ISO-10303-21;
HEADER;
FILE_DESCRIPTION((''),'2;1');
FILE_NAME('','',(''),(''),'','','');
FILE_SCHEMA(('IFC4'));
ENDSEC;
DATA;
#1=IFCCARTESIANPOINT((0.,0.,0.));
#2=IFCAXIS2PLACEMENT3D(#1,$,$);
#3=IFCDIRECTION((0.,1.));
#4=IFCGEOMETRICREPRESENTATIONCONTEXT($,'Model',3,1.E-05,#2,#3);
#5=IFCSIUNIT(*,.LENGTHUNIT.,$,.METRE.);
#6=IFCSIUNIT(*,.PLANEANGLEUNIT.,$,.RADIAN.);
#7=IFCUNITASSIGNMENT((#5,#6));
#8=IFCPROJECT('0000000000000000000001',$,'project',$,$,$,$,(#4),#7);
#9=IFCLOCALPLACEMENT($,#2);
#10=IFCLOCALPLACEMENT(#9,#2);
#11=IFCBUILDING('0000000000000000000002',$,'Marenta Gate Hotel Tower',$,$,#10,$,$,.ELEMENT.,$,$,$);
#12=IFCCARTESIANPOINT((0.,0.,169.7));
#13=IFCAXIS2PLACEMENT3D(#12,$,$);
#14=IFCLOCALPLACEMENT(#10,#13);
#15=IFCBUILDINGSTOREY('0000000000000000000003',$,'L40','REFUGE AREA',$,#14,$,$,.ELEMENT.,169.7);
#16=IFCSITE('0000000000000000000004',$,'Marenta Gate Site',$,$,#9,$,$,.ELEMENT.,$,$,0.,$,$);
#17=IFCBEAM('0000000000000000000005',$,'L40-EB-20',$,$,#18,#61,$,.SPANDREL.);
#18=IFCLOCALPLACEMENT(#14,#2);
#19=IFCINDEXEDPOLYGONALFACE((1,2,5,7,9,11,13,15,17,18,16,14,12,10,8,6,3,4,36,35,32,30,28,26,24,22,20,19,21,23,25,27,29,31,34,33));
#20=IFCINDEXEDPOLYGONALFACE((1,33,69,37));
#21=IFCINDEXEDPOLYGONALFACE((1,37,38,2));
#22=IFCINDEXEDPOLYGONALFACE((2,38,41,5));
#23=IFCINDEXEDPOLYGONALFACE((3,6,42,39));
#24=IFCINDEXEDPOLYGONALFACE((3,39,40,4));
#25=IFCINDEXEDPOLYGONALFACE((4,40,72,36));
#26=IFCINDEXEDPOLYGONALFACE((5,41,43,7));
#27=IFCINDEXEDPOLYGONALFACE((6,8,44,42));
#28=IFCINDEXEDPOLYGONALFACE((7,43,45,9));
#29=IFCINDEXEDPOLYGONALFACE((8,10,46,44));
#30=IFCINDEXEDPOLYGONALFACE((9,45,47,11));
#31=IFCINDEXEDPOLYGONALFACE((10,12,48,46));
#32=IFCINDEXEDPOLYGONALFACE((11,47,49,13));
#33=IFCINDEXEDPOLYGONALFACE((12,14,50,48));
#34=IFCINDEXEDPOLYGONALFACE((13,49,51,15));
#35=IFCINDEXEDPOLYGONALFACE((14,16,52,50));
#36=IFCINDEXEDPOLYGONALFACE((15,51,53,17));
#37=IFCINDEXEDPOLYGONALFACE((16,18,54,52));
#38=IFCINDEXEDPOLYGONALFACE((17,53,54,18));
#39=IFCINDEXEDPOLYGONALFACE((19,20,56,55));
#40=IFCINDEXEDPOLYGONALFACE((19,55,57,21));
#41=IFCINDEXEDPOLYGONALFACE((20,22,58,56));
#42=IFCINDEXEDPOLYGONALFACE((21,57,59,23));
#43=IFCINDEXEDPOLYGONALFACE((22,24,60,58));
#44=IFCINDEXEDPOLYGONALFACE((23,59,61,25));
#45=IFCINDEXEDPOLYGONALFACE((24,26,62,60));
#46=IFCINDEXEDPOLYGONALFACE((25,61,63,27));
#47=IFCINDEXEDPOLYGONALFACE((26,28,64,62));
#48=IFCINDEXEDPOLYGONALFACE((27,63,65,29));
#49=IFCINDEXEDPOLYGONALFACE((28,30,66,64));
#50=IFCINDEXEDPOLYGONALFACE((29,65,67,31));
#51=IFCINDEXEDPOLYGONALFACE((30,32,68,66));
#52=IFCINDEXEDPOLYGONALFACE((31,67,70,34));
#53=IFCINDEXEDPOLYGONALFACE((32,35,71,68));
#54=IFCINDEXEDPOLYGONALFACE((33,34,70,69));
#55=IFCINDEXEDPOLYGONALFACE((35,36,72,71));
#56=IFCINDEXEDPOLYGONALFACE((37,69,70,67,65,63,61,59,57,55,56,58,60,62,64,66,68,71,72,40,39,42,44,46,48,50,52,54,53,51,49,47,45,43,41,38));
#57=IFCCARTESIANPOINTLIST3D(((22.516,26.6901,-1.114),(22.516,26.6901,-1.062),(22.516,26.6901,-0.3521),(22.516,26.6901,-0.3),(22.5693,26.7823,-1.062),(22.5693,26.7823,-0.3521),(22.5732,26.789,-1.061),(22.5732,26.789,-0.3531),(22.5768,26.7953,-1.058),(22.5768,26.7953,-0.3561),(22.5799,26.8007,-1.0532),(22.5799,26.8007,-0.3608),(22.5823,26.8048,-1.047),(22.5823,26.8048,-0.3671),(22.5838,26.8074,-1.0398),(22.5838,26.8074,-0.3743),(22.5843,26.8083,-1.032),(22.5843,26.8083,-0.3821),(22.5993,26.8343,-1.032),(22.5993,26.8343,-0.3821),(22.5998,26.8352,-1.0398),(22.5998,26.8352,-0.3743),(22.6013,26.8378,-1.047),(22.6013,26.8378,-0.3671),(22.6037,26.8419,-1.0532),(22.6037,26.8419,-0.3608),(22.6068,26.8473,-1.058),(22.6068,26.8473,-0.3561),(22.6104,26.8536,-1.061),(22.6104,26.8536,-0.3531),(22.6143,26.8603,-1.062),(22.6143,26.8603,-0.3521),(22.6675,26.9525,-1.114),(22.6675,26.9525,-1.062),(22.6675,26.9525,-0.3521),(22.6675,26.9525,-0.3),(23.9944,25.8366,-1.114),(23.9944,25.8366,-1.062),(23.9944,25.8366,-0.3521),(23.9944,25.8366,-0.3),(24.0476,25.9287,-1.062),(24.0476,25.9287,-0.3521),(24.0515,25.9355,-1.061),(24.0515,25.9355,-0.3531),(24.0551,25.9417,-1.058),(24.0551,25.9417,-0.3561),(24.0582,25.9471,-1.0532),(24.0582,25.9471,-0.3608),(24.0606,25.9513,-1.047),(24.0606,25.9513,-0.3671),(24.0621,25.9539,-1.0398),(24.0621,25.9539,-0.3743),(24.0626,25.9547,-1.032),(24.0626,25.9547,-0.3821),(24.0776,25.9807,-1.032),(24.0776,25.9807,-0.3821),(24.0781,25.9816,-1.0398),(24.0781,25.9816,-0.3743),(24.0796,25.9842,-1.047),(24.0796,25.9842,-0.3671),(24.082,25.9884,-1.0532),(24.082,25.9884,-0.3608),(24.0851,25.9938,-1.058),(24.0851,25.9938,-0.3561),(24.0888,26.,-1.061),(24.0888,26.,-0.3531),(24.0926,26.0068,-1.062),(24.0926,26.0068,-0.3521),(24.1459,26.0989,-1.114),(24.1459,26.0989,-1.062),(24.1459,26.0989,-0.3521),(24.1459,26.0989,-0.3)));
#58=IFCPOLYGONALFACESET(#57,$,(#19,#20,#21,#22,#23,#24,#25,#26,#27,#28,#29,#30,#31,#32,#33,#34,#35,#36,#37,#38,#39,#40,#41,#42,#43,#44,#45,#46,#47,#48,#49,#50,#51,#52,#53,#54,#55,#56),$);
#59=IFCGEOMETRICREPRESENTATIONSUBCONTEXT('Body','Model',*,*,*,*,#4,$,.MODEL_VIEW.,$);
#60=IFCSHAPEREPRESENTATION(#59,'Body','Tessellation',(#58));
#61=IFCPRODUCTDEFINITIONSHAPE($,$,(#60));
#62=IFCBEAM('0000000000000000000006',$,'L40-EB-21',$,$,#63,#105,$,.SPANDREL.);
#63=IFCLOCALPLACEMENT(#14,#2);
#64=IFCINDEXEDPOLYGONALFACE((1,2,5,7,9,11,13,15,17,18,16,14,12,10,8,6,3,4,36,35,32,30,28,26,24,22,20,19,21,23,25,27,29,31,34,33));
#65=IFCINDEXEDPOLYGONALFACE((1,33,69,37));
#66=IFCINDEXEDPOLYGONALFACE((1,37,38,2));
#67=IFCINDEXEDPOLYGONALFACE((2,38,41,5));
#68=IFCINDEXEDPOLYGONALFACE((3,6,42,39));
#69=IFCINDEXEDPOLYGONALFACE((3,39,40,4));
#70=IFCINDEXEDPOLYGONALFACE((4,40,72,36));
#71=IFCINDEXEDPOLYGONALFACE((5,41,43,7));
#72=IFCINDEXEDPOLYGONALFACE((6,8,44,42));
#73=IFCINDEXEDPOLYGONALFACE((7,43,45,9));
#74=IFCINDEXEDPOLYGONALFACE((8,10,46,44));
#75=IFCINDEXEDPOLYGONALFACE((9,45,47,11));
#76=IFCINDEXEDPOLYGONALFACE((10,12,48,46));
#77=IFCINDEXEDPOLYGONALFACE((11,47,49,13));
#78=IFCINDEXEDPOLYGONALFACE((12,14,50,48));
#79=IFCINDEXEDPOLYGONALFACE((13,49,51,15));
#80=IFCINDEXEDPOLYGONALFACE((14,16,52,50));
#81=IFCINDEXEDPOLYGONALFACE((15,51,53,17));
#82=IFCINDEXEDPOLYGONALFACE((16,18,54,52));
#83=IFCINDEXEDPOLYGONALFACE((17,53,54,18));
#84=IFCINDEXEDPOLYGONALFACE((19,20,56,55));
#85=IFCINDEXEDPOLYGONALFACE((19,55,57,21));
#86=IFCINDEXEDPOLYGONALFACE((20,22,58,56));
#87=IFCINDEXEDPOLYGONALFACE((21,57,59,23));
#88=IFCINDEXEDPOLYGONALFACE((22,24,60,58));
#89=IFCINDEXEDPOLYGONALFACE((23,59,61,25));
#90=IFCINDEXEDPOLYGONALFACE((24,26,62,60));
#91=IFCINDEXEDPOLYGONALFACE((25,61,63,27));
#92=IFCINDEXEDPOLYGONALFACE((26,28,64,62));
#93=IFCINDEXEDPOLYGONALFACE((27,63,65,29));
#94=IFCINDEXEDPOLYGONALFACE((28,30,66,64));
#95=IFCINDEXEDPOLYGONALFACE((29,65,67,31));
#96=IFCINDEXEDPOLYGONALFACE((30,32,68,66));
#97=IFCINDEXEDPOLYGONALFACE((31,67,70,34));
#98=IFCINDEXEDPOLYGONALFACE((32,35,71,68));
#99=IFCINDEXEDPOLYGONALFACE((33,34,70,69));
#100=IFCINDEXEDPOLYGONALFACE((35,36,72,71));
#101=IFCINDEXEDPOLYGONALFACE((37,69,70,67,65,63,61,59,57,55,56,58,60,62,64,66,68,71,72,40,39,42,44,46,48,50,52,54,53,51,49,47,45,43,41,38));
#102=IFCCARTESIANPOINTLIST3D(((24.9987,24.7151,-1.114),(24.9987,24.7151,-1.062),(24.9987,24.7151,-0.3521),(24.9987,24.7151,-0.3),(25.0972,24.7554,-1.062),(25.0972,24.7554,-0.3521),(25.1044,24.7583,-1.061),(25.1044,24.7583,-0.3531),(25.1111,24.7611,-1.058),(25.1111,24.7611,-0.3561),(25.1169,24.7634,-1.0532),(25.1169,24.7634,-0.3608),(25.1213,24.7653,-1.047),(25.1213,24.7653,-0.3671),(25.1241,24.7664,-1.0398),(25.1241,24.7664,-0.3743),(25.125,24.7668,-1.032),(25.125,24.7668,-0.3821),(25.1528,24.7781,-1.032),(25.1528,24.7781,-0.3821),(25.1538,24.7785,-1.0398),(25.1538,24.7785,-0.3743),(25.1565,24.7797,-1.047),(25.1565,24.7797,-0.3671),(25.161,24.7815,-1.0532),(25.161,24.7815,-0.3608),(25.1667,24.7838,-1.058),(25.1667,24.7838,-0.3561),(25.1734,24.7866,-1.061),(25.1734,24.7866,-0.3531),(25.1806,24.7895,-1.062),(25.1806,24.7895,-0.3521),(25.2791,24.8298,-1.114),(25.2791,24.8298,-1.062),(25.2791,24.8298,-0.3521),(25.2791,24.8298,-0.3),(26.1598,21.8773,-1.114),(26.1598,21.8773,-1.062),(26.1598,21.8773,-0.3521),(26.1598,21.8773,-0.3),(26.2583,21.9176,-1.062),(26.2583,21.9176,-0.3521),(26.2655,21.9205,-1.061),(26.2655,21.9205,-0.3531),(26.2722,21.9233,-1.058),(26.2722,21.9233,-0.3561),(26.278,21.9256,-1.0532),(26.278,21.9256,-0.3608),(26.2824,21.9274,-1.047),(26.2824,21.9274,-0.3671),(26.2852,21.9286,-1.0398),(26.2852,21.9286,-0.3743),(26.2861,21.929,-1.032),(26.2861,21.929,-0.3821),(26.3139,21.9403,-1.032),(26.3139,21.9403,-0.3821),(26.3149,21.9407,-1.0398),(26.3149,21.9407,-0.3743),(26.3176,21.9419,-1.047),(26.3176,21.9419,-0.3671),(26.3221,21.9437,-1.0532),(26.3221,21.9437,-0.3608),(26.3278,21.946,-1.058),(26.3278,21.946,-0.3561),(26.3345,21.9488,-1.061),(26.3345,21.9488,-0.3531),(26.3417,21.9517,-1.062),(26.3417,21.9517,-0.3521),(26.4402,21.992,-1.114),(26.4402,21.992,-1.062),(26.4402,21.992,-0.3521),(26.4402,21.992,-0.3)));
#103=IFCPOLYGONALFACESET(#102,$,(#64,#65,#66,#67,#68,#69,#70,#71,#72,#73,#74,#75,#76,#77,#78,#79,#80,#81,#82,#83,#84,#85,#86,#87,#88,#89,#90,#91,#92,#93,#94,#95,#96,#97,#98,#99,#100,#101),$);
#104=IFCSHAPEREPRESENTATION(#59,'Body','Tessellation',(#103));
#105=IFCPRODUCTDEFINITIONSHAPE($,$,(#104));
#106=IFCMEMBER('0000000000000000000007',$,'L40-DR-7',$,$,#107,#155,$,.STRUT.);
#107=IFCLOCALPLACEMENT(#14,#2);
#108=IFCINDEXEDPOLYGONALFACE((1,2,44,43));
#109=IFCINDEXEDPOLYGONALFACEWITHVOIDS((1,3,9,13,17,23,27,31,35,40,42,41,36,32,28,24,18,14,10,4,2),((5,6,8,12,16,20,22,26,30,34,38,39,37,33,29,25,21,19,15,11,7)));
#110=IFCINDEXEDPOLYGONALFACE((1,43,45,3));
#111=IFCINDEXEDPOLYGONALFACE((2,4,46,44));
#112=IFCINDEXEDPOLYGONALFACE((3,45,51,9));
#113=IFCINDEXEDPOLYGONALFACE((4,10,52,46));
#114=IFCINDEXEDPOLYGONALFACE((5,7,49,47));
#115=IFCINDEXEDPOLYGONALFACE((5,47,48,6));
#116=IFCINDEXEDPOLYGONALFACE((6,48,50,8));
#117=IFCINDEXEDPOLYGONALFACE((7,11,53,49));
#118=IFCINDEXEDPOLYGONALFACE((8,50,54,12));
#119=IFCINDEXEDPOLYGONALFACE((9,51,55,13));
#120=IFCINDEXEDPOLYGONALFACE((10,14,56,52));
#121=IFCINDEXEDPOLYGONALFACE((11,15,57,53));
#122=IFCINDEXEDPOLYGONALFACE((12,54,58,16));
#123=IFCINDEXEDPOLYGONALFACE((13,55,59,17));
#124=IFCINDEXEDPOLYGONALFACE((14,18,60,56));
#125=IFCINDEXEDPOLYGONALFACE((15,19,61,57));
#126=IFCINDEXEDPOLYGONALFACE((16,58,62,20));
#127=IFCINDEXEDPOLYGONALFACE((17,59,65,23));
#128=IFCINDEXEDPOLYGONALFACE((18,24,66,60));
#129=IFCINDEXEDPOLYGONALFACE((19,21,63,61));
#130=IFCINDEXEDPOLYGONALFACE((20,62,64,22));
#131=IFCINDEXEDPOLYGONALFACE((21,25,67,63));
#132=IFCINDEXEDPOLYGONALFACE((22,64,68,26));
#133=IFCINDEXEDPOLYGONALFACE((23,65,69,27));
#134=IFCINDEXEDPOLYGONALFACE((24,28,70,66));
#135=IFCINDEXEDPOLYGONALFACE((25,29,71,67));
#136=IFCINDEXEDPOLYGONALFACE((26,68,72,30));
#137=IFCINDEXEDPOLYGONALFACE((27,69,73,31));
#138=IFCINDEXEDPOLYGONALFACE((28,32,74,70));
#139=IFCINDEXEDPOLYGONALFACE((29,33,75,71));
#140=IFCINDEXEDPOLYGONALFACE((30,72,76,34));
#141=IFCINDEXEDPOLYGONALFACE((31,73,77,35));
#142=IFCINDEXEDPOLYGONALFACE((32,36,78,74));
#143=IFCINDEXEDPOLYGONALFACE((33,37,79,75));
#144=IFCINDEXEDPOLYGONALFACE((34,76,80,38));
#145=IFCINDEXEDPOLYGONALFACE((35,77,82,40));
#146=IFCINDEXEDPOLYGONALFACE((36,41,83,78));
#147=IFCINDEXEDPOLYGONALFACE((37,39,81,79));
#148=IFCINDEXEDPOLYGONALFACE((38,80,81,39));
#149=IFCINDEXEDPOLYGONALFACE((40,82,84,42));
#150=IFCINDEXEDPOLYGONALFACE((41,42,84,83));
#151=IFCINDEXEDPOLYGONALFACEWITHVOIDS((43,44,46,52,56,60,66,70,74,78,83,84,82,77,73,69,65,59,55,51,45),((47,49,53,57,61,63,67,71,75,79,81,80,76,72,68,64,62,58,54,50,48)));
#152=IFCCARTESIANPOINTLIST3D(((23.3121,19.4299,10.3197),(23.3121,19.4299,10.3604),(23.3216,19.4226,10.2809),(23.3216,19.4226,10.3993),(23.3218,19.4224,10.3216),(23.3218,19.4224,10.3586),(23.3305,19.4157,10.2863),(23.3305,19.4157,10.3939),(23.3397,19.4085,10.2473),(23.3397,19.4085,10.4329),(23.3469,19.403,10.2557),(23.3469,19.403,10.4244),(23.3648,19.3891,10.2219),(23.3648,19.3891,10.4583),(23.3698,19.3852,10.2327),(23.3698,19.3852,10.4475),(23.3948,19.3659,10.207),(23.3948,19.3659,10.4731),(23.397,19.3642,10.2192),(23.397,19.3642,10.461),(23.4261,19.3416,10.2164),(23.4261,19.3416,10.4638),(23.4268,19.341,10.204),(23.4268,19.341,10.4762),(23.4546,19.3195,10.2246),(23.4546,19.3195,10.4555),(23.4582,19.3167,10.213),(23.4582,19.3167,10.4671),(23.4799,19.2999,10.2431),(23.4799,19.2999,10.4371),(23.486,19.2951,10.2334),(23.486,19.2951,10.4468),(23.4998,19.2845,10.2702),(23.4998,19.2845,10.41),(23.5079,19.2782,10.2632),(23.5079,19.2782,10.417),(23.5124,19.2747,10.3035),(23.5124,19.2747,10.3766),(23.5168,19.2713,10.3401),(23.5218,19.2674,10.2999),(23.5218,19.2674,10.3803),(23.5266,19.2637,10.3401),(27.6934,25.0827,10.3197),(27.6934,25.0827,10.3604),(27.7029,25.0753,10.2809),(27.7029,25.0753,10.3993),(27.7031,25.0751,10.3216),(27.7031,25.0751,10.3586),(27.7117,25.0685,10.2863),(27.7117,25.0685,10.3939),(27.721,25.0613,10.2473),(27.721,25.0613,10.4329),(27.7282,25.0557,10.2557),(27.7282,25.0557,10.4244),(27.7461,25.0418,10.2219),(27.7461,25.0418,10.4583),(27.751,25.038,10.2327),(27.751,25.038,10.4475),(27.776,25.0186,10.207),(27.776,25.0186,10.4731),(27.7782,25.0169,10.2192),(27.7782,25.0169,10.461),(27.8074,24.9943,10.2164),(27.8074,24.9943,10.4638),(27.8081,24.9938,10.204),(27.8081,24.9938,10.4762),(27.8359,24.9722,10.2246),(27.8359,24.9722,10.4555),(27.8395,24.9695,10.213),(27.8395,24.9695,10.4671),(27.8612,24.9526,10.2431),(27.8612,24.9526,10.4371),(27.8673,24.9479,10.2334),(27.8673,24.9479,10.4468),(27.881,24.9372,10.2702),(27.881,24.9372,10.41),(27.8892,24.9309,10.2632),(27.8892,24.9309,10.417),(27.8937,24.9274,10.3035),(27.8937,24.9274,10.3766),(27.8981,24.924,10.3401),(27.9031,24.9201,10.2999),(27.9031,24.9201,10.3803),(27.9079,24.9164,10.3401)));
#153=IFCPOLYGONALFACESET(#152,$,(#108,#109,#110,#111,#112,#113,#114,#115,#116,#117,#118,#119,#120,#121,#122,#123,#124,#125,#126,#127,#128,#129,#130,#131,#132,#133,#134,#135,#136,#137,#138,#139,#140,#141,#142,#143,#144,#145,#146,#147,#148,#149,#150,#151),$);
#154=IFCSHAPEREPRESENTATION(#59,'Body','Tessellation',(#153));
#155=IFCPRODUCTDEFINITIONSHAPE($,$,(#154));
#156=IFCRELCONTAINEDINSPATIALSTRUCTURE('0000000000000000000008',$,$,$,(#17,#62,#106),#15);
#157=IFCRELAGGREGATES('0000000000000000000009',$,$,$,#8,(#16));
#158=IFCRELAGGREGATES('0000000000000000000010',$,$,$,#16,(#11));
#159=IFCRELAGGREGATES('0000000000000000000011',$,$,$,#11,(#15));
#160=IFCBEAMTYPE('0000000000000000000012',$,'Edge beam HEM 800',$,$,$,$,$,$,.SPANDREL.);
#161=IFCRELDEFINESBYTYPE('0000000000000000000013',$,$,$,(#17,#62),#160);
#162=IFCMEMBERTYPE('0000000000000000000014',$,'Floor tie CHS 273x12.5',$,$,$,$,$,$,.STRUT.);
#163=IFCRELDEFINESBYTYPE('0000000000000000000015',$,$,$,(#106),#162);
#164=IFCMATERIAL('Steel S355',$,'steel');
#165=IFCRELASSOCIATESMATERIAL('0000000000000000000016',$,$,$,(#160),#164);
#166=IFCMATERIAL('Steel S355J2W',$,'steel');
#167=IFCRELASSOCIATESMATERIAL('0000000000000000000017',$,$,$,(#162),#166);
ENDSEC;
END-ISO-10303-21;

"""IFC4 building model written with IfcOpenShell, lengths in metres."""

from ifc_helpers import new_model, si_unit, direction, frame, origin, origin_2d, place, context, subcontext, project, spatial, hollow_circle, i_section, extrude, material, material_profile, profile_set, type_object, element, save


model = new_model("IFC4")

# Units and contexts
model_context = context("Model", 3, precision=1e-05, world=origin(), true_north=direction((0.0, 1.0)))
body_context = subcontext(model_context, "Body", "Model", "MODEL_VIEW")
ifc_project = project(units=[si_unit("LENGTHUNIT", "METRE"), si_unit("PLANEANGLEUNIT", "RADIAN")], contexts=[model_context])

# Site, building, storey
site_placement = place(None, origin())
site = spatial("IfcSite", under=ifc_project, at=site_placement, Name="Marenta Gate Site", CompositionType="ELEMENT", RefElevation=0.0)
building_placement = place(site_placement, origin())
building = spatial("IfcBuilding", under=site, at=building_placement, Name="Marenta Gate Hotel Tower", CompositionType="ELEMENT")
storey_placement = place(building_placement, frame((0.0, 0.0, 169.7)))
storey = spatial("IfcBuildingStorey", under=building, at=storey_placement, Name="L40", Description="REFUGE AREA", CompositionType="ELEMENT", Elevation=169.7)

# Beams
ifc_material_1 = material(Name="Steel S355", Category="steel")
ifc_material_profile_1 = material_profile(ifc_material_1, i_section(OverallWidth=0.303, OverallDepth=0.814, WebThickness=0.03, FlangeThickness=0.052, FilletRadius=0.03, at=origin_2d()), Name="HEM 800")
ifc_profile_set_1 = profile_set([ifc_material_profile_1], Name="Steel S355")
beam_type_1 = type_object("IfcBeamType", Name="Edge beam HEM 800", PredefinedType="SPANDREL", material=ifc_profile_set_1)
beam_1_placement = place(storey_placement, frame((22.5918, 26.8213, -0.707), z_axis=(0.866016, -0.500015, 0.0), x_axis=(0.500015, 0.866016, 0.0)))
element("IfcBeam", 1, at=beam_1_placement, inside=storey, type_object=beam_type_1, Name="L40-EB-20", PredefinedType="SPANDREL", context=body_context, shape_type="SweptSolid", body=[
    extrude(i_section(OverallWidth=0.303, OverallDepth=0.814, WebThickness=0.03, FlangeThickness=0.052, FilletRadius=0.03, at=origin_2d()), origin(), (0.0, 0.0, 1.0), 1.707),
])
beam_2_placement = place(storey_placement, frame((25.1389, 24.7725, -0.707), z_axis=(0.378682, -0.925527, 0.0), x_axis=(0.925527, 0.378682, 0.0)))
element("IfcBeam", 2, at=beam_2_placement, inside=storey, type_object=beam_type_1, Name="L40-EB-21", PredefinedType="SPANDREL", context=body_context, shape_type="SweptSolid", body=[
    extrude(i_section(OverallWidth=0.303, OverallDepth=0.814, WebThickness=0.03, FlangeThickness=0.052, FilletRadius=0.03, at=origin_2d()), origin(), (0.0, 0.0, 1.0), 3.0662),
])

# Member
ifc_material_2 = material(Name="Steel S355J2W", Category="steel")
ifc_material_profile_2 = material_profile(ifc_material_2, hollow_circle(Radius=0.1365, WallThickness=0.0125, at=origin_2d()), Name="CHS 273x12.5")
ifc_profile_set_2 = profile_set([ifc_material_profile_2], Name="Steel S355J2W")
member_type_1 = type_object("IfcMemberType", Name="Floor tie CHS 273x12.5", PredefinedType="STRUT", material=ifc_profile_set_2)
member_1_placement = place(storey_placement, frame((27.8, 25.0, 10.3401), z_axis=(-0.612607, -0.790388, 0.0), x_axis=(0.790388, -0.612607, 0.0)))
element("IfcMember", 3, at=member_1_placement, inside=storey, type_object=member_type_1, Name="L40-DR-7", PredefinedType="STRUT", context=body_context, shape_type="SweptSolid", body=[
    extrude(hollow_circle(Radius=0.1365, WallThickness=0.0125, at=origin_2d()), origin(), (0.0, 0.0, 1.0), 7.1519),
])

save(model, "model.ifc")
